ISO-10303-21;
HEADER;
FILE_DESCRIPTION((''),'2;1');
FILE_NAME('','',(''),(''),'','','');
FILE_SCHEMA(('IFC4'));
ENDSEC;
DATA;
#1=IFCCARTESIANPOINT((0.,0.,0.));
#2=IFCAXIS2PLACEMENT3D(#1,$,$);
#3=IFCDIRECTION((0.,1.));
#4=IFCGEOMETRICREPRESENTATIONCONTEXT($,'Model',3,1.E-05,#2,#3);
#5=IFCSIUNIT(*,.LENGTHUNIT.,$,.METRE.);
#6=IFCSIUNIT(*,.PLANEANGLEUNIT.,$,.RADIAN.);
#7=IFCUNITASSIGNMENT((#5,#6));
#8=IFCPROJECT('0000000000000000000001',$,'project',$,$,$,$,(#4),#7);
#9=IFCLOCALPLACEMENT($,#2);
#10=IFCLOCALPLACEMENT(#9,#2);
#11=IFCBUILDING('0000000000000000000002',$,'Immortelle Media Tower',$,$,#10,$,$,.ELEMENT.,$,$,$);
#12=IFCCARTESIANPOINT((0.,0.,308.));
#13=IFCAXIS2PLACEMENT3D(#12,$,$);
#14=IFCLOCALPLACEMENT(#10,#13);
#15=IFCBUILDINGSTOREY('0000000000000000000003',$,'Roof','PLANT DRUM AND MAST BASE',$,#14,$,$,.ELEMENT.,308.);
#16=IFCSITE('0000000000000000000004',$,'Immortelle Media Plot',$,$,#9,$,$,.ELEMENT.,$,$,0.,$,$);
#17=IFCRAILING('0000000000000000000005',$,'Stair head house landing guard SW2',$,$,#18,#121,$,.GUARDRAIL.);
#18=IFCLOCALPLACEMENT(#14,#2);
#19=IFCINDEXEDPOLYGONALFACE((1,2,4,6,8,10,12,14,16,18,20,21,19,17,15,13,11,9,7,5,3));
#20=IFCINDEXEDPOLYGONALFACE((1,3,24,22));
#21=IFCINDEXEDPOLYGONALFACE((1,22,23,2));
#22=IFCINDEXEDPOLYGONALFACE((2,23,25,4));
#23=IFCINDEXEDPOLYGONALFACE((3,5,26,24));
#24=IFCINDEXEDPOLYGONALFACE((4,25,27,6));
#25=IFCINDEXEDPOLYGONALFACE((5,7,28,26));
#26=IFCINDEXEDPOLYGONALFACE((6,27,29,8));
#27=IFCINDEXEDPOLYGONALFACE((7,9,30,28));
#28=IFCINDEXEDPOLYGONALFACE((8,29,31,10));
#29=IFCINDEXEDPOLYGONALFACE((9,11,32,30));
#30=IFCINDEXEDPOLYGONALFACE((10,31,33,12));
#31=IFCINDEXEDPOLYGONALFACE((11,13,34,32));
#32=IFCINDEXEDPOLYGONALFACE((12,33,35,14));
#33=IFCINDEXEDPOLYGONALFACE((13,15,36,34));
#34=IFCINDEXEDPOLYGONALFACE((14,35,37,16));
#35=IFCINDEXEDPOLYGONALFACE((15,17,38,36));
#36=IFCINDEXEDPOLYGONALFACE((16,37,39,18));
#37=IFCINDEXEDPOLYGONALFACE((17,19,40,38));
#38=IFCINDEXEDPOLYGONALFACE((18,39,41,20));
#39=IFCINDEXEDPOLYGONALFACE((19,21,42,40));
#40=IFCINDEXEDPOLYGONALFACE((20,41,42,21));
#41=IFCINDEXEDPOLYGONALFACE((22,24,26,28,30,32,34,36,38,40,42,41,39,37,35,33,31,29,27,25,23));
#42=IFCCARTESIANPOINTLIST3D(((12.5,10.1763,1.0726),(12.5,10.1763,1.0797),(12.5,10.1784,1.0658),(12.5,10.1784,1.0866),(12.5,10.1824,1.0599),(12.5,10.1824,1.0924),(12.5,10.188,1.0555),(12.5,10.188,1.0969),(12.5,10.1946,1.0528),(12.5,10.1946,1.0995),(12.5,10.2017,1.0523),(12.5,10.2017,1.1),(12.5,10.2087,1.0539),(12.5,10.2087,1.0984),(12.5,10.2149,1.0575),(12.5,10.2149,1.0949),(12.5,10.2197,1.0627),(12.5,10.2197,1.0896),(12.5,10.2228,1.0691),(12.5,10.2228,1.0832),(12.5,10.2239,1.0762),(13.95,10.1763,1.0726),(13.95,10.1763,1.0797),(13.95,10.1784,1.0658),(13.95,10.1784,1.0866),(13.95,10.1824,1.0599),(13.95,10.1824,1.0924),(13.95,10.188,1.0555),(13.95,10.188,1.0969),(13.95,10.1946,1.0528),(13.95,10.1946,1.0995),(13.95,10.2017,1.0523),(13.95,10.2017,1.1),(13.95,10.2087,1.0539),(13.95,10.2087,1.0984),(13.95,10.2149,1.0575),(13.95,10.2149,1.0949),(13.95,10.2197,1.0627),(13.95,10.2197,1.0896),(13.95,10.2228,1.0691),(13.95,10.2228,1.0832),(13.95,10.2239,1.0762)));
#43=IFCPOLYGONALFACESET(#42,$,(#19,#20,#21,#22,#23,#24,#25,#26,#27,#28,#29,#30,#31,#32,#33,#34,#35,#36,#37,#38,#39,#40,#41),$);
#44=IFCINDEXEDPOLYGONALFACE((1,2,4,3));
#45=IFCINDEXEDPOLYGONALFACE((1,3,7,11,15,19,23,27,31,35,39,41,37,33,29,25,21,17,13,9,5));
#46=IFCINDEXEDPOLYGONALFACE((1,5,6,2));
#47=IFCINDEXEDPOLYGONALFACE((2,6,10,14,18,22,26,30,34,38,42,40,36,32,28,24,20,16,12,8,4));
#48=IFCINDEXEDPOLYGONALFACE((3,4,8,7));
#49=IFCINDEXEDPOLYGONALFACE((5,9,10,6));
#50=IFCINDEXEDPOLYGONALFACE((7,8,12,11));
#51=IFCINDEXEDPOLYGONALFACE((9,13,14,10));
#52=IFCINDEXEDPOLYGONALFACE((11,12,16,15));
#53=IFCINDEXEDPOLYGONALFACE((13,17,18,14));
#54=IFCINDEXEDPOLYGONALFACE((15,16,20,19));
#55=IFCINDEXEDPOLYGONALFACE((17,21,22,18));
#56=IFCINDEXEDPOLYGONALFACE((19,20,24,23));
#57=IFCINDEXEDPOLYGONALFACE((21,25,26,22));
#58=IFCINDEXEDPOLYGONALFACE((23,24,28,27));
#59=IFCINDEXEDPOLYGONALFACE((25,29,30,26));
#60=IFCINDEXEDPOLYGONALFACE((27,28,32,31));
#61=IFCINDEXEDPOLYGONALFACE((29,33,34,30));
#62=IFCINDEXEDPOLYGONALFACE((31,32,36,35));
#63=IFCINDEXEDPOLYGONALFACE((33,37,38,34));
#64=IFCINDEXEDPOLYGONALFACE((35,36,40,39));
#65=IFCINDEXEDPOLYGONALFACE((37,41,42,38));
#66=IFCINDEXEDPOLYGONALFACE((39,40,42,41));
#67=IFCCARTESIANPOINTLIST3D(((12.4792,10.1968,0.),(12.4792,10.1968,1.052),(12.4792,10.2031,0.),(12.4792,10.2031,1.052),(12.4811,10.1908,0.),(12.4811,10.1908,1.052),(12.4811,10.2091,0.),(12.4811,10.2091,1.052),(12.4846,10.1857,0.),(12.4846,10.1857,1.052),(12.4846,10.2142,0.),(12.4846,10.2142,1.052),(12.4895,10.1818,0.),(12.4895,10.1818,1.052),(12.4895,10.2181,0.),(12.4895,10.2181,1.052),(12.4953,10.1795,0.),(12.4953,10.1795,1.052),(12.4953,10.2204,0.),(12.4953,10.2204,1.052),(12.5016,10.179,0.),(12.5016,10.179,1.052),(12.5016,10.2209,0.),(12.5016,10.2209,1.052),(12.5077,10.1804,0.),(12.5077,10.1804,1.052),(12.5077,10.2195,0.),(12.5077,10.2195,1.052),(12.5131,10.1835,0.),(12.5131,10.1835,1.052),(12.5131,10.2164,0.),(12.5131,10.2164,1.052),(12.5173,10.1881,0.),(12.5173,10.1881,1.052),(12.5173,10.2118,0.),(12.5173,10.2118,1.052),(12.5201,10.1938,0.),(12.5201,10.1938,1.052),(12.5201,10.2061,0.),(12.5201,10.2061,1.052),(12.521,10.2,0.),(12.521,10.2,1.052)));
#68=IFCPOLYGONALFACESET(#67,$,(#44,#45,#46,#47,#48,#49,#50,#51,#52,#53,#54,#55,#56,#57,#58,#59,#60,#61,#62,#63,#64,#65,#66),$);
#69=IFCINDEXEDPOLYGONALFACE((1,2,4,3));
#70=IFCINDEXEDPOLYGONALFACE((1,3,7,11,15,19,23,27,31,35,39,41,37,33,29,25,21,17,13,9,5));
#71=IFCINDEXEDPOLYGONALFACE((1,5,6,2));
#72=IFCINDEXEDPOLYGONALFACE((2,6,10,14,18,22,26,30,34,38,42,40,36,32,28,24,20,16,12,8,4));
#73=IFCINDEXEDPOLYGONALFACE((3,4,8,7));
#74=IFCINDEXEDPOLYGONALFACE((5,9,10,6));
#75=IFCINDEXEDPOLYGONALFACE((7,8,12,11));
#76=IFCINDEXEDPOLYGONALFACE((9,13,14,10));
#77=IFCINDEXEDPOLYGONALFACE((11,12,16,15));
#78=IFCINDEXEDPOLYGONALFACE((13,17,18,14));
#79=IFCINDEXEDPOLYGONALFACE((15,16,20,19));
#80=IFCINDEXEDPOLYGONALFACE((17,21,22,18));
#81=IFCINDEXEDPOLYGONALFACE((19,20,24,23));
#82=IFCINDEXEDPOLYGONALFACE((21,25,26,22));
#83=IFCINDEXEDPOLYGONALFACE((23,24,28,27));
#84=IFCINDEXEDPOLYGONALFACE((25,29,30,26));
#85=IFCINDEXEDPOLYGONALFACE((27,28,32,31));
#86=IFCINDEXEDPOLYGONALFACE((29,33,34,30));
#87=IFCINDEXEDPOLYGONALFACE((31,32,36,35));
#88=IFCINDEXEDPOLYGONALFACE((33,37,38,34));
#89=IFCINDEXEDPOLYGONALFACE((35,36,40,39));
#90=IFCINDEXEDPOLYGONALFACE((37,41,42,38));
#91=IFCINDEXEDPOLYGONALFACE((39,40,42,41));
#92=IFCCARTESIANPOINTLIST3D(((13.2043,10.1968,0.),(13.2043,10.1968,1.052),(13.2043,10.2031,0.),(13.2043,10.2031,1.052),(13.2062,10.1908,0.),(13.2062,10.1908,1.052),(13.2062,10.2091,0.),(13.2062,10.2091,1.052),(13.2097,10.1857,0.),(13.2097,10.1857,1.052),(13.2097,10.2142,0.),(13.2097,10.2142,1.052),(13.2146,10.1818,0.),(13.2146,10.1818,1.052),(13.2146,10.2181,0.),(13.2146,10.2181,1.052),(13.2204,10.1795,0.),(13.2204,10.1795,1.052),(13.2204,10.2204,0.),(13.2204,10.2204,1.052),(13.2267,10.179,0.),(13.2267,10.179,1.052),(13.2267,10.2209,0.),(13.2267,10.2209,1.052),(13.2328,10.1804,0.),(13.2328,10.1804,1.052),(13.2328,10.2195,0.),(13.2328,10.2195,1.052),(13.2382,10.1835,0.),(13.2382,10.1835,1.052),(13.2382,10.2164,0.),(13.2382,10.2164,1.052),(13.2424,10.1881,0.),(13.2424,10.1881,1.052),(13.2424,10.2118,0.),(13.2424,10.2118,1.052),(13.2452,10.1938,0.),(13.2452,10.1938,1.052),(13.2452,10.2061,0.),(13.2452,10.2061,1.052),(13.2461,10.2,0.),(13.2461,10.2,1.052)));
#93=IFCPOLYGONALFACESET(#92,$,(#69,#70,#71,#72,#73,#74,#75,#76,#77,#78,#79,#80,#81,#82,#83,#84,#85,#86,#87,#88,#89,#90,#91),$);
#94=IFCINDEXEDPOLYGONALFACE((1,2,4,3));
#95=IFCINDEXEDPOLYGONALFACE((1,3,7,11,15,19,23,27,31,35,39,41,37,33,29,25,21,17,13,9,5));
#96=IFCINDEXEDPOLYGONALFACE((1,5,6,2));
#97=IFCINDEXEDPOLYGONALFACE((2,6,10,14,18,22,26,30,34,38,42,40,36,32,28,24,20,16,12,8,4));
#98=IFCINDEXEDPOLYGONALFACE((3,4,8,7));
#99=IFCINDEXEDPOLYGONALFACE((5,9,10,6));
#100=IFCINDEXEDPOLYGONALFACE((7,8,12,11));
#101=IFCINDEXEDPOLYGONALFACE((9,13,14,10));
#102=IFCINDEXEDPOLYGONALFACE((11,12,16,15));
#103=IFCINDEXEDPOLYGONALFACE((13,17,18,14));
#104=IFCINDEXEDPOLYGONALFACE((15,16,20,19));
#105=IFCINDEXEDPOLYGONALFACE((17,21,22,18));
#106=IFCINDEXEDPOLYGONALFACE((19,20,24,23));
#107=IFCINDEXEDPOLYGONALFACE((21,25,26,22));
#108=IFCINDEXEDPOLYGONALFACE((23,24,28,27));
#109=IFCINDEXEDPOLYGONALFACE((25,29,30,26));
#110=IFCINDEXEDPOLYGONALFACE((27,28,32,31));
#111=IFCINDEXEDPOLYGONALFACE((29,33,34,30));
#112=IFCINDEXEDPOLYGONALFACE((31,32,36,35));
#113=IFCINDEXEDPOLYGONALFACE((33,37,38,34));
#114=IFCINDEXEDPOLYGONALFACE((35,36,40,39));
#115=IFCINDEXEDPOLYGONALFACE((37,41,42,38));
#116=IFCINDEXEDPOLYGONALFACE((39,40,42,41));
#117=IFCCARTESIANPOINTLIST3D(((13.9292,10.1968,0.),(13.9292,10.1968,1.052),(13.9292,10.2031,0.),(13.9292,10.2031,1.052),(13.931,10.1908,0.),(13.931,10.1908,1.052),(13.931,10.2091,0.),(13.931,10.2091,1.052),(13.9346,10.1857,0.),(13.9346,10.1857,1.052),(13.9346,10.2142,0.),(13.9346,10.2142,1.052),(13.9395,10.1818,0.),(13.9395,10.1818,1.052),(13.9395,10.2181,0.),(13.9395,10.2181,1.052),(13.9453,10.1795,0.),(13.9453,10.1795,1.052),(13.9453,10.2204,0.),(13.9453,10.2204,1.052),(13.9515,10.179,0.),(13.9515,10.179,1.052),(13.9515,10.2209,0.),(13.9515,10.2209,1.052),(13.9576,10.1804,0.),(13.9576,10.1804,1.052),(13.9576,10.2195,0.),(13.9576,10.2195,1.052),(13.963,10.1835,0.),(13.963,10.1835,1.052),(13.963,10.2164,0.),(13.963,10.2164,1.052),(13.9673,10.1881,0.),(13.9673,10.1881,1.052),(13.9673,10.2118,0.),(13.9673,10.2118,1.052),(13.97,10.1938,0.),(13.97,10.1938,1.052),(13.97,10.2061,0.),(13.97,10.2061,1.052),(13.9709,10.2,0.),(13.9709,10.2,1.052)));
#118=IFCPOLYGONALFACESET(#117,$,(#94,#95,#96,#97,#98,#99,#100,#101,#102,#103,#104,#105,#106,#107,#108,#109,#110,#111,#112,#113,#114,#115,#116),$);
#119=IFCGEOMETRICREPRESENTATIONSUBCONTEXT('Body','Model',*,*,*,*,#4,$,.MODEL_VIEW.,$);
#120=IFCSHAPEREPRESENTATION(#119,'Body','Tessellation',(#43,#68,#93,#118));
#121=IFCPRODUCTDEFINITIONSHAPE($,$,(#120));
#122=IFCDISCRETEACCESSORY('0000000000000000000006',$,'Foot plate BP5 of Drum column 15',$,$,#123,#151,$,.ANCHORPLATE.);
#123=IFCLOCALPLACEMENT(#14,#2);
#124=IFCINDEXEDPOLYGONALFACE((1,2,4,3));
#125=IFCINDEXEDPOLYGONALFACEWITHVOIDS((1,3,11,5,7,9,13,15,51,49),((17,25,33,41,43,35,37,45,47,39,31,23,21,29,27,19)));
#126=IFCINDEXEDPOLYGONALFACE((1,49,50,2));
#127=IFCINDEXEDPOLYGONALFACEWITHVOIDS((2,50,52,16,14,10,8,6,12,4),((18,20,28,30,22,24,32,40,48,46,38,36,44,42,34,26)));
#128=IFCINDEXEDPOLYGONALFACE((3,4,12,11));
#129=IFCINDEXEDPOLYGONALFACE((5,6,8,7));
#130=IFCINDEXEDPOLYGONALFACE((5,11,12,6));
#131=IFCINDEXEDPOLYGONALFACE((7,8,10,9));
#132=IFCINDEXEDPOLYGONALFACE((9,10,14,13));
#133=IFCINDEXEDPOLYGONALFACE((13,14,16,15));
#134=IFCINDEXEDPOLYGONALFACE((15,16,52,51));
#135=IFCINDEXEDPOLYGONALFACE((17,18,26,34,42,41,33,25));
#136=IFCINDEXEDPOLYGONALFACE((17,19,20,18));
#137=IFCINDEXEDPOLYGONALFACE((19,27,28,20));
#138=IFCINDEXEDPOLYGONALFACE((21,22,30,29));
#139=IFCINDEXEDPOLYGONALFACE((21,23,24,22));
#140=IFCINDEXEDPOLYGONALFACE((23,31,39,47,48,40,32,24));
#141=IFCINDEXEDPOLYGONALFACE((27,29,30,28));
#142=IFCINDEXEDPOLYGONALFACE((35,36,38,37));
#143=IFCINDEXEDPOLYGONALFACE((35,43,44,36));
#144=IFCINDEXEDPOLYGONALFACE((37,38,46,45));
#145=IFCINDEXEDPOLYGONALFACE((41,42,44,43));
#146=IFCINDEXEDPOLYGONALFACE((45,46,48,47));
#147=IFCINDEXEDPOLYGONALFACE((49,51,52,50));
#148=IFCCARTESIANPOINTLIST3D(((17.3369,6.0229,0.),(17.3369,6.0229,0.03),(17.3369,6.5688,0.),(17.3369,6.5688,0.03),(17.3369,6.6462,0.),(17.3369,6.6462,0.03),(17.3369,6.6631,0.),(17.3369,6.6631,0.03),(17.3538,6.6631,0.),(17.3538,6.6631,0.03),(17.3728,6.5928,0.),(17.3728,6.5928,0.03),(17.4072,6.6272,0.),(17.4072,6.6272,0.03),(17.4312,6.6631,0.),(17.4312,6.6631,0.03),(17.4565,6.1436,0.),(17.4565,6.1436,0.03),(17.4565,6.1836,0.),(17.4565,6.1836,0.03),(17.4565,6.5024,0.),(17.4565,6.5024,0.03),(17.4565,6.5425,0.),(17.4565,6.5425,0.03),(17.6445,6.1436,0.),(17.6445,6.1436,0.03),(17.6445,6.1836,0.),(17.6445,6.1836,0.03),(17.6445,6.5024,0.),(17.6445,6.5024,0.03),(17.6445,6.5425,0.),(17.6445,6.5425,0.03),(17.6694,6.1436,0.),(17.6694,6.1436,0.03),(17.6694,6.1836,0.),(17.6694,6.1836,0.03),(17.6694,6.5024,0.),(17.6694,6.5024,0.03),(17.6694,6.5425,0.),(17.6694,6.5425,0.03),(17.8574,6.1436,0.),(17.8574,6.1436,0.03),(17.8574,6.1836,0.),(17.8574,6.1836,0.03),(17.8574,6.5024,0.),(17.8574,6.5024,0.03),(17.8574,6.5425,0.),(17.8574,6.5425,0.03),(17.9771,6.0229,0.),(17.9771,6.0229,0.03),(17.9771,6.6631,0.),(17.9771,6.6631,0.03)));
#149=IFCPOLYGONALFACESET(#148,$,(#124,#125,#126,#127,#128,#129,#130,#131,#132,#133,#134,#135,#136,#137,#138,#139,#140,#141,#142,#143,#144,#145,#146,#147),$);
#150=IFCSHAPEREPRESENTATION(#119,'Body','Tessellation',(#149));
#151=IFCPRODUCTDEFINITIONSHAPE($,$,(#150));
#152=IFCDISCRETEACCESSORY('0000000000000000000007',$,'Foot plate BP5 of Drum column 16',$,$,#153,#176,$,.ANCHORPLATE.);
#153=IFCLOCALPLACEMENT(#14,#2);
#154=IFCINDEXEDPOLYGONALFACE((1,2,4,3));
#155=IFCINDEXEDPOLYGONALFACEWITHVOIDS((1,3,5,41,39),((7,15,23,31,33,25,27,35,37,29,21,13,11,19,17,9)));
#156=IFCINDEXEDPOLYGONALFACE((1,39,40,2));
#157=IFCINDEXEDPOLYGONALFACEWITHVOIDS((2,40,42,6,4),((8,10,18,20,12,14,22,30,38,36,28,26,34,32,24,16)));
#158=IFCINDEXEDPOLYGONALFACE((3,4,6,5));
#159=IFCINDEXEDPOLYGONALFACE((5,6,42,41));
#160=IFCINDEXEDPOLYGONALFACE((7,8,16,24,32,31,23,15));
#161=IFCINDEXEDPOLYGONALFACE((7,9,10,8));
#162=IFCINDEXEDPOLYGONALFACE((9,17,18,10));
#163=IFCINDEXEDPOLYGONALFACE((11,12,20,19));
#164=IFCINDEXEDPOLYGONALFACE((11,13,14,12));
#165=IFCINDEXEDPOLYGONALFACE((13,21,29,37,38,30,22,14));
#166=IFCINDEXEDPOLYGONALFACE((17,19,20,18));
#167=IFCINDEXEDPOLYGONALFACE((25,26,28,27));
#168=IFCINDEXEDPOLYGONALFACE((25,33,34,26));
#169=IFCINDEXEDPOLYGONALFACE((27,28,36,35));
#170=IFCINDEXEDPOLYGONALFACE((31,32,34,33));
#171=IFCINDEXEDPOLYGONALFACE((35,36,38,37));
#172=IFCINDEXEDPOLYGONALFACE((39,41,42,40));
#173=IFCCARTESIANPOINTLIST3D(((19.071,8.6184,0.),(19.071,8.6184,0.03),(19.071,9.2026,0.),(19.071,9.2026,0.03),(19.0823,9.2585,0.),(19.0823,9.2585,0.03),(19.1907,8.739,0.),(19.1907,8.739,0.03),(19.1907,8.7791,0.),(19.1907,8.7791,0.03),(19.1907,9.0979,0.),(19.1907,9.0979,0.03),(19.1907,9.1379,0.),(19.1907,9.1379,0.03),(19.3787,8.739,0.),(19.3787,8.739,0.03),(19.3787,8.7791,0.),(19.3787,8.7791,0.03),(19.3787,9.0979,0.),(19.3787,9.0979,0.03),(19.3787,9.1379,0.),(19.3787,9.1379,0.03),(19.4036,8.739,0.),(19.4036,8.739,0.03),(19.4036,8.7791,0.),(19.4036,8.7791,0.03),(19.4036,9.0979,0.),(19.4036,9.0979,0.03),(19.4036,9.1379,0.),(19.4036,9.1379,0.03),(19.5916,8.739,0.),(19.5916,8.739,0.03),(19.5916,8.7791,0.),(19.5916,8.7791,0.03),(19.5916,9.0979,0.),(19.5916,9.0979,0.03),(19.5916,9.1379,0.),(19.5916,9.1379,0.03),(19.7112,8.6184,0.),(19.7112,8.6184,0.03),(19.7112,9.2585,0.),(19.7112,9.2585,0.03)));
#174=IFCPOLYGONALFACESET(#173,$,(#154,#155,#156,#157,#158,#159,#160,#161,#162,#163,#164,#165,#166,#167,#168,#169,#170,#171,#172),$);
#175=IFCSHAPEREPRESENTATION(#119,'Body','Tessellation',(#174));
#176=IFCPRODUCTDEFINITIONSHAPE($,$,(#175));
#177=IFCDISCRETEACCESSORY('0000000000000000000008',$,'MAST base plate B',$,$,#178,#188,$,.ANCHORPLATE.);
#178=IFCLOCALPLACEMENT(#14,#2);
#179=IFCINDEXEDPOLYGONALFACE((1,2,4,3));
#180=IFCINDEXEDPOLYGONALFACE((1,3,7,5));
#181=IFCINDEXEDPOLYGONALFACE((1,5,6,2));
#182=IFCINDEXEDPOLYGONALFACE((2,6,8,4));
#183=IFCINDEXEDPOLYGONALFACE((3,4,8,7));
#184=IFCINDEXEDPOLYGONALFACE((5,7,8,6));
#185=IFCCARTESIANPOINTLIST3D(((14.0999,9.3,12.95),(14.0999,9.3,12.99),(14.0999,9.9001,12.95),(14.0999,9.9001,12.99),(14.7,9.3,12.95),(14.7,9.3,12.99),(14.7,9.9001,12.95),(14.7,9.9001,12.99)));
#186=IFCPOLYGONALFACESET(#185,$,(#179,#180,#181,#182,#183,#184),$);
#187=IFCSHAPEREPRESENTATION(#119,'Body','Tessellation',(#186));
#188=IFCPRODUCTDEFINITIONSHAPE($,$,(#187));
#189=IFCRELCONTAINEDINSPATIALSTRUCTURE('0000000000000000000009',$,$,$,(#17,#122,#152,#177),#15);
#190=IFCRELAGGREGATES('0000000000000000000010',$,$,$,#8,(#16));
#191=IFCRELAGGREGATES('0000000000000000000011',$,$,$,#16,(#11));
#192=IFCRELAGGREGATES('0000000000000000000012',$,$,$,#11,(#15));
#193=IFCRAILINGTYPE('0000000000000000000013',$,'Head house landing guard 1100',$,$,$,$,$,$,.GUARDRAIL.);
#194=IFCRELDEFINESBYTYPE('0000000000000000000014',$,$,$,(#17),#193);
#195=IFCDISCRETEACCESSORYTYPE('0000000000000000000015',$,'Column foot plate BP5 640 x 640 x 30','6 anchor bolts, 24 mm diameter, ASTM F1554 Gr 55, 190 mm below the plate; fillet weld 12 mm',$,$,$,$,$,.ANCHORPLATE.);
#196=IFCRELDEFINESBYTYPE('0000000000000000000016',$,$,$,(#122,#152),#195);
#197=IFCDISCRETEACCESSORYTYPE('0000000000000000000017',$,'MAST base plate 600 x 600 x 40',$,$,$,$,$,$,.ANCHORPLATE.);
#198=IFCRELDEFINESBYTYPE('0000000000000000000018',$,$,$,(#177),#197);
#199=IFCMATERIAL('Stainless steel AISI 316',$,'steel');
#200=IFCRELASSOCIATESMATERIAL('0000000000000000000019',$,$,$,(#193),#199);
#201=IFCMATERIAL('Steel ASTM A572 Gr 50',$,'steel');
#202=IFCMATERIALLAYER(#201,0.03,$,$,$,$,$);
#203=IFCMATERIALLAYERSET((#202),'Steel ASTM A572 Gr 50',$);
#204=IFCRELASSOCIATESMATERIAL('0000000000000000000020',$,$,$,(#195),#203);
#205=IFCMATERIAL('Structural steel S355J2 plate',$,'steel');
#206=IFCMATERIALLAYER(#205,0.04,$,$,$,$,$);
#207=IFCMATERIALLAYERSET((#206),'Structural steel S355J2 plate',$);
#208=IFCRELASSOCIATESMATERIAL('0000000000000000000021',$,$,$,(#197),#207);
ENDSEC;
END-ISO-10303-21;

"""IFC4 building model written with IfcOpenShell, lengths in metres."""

from ifc_helpers import new_model, si_unit, direction, frame, origin, origin_2d, place, context, subcontext, project, spatial, polyline, rectangle, circle, outline, extrude, material, layer, layer_set, type_object, element, save


model = new_model("IFC4")

# Units and contexts
model_context = context("Model", 3, precision=1e-05, world=origin(), true_north=direction((0.0, 1.0)))
body_context = subcontext(model_context, "Body", "Model", "MODEL_VIEW")
ifc_project = project(units=[si_unit("LENGTHUNIT", "METRE"), si_unit("PLANEANGLEUNIT", "RADIAN")], contexts=[model_context])

# Site, building, storey
site_placement = place(None, origin())
site = spatial("IfcSite", under=ifc_project, at=site_placement, Name="Immortelle Media Plot", CompositionType="ELEMENT", RefElevation=0.0)
building_placement = place(site_placement, origin())
building = spatial("IfcBuilding", under=site, at=building_placement, Name="Immortelle Media Tower", CompositionType="ELEMENT")
storey_placement = place(building_placement, frame((0.0, 0.0, 308.0)))
storey = spatial("IfcBuildingStorey", under=building, at=storey_placement, Name="Roof", Description="PLANT DRUM AND MAST BASE", CompositionType="ELEMENT", Elevation=308.0)

# Railing
ifc_material_1 = material(Name="Stainless steel AISI 316", Category="steel")
railing_type = type_object("IfcRailingType", Name="Head house landing guard 1100", PredefinedType="GUARDRAIL", material=ifc_material_1)
railing_placement = place(storey_placement, frame((12.5, 10.2, 0.0)))
element("IfcRailing", 1, at=railing_placement, inside=storey, type_object=railing_type, Name="Stair head house landing guard SW2", PredefinedType="GUARDRAIL", context=body_context, shape_type="SweptSolid", body=[
    extrude(circle(Radius=0.0239, at=origin_2d()), frame((0.0, 0.0, 1.0762), z_axis=(1.0, 0.0, 0.0), x_axis=(0.0, 1.0, 0.0)), (0.0, 0.0, 1.0), 1.45),
    extrude(circle(Radius=0.021, at=origin_2d()), origin(), (0.0, 0.0, 1.0), 1.052),
    extrude(circle(Radius=0.021, at=origin_2d()), frame((0.7251, 0.0, 0.0)), (0.0, 0.0, 1.0), 1.052),
    extrude(circle(Radius=0.021, at=origin_2d()), frame((1.45, 0.0, 0.0)), (0.0, 0.0, 1.0), 1.052),
])

# Discrete accessories
ifc_material_2 = material(Name="Steel ASTM A572 Gr 50", Category="steel")
ifc_layer_1 = layer(ifc_material_2, 0.03)
ifc_layer_set_1 = layer_set([ifc_layer_1], Name="Steel ASTM A572 Gr 50")
discrete_accessory_type_1 = type_object("IfcDiscreteAccessoryType", Name="Column foot plate BP5 640 x 640 x 30", Description="6 anchor bolts, 24 mm diameter, ASTM F1554 Gr 55, 190 mm below the plate; fillet weld 12 mm", PredefinedType="ANCHORPLATE", material=ifc_layer_set_1)
discrete_accessory_1_placement = place(storey_placement, frame((17.657, 6.343, 0.0), z_axis=(0.0, 0.0, 1.0), x_axis=(1.0, 0.0, 0.0)))
element("IfcDiscreteAccessory", 2, at=discrete_accessory_1_placement, inside=storey, type_object=discrete_accessory_type_1, Name="Foot plate BP5 of Drum column 15", PredefinedType="ANCHORPLATE", context=body_context, shape_type="SweptSolid", body=[
    extrude(outline(polyline([(0.3201, -0.3201), (0.3201, 0.3201), (-0.2258, 0.3201), (-0.2498, 0.2842), (-0.3032, 0.3201), (-0.3201, 0.3201), (-0.3201, 0.3032), (-0.2842, 0.2498), (-0.3201, 0.2258), (-0.3201, -0.3201), (0.3201, -0.3201)]), holes=[polyline([(0.0125, -0.1594), (0.2004, -0.1594), (0.2004, -0.1995), (0.0125, -0.1995), (-0.0125, -0.1995), (-0.2004, -0.1995), (-0.2004, -0.1594), (-0.0125, -0.1594), (-0.0125, 0.1594), (-0.2004, 0.1594), (-0.2004, 0.1995), (-0.0125, 0.1995), (0.0125, 0.1995), (0.2004, 0.1995), (0.2004, 0.1594), (0.0125, 0.1594), (0.0125, -0.1594)])]), origin(), (0.0, 0.0, 1.0), 0.03),
])
discrete_accessory_2_placement = place(storey_placement, frame((19.3911, 8.9385, 0.0), z_axis=(0.0, 0.0, 1.0), x_axis=(1.0, 0.0, 0.0)))
element("IfcDiscreteAccessory", 3, at=discrete_accessory_2_placement, inside=storey, type_object=discrete_accessory_type_1, Name="Foot plate BP5 of Drum column 16", PredefinedType="ANCHORPLATE", context=body_context, shape_type="SweptSolid", body=[
    extrude(outline(polyline([(0.3201, -0.3201), (0.3201, 0.3201), (-0.3088, 0.3201), (-0.3201, 0.2642), (-0.3201, -0.3201), (0.3201, -0.3201)]), holes=[polyline([(0.0125, -0.1594), (0.2004, -0.1594), (0.2004, -0.1995), (0.0125, -0.1995), (-0.0125, -0.1995), (-0.2004, -0.1995), (-0.2004, -0.1594), (-0.0125, -0.1594), (-0.0125, 0.1594), (-0.2004, 0.1594), (-0.2004, 0.1995), (-0.0125, 0.1995), (0.0125, 0.1995), (0.2004, 0.1995), (0.2004, 0.1594), (0.0125, 0.1594), (0.0125, -0.1594)])]), origin(), (0.0, 0.0, 1.0), 0.03),
])
ifc_material_3 = material(Name="Structural steel S355J2 plate", Category="steel")
ifc_layer_2 = layer(ifc_material_3, 0.04)
ifc_layer_set_2 = layer_set([ifc_layer_2], Name="Structural steel S355J2 plate")
discrete_accessory_type_2 = type_object("IfcDiscreteAccessoryType", Name="MAST base plate 600 x 600 x 40", PredefinedType="ANCHORPLATE", material=ifc_layer_set_2)
discrete_accessory_3_placement = place(storey_placement, frame((14.3999, 9.6001, 12.95), z_axis=(0.0, 0.0, 1.0), x_axis=(1.0, 0.0, 0.0)))
element("IfcDiscreteAccessory", 4, at=discrete_accessory_3_placement, inside=storey, type_object=discrete_accessory_type_2, Name="MAST base plate B", PredefinedType="ANCHORPLATE", context=body_context, shape_type="SweptSolid", body=[
    extrude(rectangle(XDim=0.6001, YDim=0.6001, at=origin_2d()), origin(), (0.0, 0.0, 1.0), 0.04),
])

save(model, "model.ifc")
